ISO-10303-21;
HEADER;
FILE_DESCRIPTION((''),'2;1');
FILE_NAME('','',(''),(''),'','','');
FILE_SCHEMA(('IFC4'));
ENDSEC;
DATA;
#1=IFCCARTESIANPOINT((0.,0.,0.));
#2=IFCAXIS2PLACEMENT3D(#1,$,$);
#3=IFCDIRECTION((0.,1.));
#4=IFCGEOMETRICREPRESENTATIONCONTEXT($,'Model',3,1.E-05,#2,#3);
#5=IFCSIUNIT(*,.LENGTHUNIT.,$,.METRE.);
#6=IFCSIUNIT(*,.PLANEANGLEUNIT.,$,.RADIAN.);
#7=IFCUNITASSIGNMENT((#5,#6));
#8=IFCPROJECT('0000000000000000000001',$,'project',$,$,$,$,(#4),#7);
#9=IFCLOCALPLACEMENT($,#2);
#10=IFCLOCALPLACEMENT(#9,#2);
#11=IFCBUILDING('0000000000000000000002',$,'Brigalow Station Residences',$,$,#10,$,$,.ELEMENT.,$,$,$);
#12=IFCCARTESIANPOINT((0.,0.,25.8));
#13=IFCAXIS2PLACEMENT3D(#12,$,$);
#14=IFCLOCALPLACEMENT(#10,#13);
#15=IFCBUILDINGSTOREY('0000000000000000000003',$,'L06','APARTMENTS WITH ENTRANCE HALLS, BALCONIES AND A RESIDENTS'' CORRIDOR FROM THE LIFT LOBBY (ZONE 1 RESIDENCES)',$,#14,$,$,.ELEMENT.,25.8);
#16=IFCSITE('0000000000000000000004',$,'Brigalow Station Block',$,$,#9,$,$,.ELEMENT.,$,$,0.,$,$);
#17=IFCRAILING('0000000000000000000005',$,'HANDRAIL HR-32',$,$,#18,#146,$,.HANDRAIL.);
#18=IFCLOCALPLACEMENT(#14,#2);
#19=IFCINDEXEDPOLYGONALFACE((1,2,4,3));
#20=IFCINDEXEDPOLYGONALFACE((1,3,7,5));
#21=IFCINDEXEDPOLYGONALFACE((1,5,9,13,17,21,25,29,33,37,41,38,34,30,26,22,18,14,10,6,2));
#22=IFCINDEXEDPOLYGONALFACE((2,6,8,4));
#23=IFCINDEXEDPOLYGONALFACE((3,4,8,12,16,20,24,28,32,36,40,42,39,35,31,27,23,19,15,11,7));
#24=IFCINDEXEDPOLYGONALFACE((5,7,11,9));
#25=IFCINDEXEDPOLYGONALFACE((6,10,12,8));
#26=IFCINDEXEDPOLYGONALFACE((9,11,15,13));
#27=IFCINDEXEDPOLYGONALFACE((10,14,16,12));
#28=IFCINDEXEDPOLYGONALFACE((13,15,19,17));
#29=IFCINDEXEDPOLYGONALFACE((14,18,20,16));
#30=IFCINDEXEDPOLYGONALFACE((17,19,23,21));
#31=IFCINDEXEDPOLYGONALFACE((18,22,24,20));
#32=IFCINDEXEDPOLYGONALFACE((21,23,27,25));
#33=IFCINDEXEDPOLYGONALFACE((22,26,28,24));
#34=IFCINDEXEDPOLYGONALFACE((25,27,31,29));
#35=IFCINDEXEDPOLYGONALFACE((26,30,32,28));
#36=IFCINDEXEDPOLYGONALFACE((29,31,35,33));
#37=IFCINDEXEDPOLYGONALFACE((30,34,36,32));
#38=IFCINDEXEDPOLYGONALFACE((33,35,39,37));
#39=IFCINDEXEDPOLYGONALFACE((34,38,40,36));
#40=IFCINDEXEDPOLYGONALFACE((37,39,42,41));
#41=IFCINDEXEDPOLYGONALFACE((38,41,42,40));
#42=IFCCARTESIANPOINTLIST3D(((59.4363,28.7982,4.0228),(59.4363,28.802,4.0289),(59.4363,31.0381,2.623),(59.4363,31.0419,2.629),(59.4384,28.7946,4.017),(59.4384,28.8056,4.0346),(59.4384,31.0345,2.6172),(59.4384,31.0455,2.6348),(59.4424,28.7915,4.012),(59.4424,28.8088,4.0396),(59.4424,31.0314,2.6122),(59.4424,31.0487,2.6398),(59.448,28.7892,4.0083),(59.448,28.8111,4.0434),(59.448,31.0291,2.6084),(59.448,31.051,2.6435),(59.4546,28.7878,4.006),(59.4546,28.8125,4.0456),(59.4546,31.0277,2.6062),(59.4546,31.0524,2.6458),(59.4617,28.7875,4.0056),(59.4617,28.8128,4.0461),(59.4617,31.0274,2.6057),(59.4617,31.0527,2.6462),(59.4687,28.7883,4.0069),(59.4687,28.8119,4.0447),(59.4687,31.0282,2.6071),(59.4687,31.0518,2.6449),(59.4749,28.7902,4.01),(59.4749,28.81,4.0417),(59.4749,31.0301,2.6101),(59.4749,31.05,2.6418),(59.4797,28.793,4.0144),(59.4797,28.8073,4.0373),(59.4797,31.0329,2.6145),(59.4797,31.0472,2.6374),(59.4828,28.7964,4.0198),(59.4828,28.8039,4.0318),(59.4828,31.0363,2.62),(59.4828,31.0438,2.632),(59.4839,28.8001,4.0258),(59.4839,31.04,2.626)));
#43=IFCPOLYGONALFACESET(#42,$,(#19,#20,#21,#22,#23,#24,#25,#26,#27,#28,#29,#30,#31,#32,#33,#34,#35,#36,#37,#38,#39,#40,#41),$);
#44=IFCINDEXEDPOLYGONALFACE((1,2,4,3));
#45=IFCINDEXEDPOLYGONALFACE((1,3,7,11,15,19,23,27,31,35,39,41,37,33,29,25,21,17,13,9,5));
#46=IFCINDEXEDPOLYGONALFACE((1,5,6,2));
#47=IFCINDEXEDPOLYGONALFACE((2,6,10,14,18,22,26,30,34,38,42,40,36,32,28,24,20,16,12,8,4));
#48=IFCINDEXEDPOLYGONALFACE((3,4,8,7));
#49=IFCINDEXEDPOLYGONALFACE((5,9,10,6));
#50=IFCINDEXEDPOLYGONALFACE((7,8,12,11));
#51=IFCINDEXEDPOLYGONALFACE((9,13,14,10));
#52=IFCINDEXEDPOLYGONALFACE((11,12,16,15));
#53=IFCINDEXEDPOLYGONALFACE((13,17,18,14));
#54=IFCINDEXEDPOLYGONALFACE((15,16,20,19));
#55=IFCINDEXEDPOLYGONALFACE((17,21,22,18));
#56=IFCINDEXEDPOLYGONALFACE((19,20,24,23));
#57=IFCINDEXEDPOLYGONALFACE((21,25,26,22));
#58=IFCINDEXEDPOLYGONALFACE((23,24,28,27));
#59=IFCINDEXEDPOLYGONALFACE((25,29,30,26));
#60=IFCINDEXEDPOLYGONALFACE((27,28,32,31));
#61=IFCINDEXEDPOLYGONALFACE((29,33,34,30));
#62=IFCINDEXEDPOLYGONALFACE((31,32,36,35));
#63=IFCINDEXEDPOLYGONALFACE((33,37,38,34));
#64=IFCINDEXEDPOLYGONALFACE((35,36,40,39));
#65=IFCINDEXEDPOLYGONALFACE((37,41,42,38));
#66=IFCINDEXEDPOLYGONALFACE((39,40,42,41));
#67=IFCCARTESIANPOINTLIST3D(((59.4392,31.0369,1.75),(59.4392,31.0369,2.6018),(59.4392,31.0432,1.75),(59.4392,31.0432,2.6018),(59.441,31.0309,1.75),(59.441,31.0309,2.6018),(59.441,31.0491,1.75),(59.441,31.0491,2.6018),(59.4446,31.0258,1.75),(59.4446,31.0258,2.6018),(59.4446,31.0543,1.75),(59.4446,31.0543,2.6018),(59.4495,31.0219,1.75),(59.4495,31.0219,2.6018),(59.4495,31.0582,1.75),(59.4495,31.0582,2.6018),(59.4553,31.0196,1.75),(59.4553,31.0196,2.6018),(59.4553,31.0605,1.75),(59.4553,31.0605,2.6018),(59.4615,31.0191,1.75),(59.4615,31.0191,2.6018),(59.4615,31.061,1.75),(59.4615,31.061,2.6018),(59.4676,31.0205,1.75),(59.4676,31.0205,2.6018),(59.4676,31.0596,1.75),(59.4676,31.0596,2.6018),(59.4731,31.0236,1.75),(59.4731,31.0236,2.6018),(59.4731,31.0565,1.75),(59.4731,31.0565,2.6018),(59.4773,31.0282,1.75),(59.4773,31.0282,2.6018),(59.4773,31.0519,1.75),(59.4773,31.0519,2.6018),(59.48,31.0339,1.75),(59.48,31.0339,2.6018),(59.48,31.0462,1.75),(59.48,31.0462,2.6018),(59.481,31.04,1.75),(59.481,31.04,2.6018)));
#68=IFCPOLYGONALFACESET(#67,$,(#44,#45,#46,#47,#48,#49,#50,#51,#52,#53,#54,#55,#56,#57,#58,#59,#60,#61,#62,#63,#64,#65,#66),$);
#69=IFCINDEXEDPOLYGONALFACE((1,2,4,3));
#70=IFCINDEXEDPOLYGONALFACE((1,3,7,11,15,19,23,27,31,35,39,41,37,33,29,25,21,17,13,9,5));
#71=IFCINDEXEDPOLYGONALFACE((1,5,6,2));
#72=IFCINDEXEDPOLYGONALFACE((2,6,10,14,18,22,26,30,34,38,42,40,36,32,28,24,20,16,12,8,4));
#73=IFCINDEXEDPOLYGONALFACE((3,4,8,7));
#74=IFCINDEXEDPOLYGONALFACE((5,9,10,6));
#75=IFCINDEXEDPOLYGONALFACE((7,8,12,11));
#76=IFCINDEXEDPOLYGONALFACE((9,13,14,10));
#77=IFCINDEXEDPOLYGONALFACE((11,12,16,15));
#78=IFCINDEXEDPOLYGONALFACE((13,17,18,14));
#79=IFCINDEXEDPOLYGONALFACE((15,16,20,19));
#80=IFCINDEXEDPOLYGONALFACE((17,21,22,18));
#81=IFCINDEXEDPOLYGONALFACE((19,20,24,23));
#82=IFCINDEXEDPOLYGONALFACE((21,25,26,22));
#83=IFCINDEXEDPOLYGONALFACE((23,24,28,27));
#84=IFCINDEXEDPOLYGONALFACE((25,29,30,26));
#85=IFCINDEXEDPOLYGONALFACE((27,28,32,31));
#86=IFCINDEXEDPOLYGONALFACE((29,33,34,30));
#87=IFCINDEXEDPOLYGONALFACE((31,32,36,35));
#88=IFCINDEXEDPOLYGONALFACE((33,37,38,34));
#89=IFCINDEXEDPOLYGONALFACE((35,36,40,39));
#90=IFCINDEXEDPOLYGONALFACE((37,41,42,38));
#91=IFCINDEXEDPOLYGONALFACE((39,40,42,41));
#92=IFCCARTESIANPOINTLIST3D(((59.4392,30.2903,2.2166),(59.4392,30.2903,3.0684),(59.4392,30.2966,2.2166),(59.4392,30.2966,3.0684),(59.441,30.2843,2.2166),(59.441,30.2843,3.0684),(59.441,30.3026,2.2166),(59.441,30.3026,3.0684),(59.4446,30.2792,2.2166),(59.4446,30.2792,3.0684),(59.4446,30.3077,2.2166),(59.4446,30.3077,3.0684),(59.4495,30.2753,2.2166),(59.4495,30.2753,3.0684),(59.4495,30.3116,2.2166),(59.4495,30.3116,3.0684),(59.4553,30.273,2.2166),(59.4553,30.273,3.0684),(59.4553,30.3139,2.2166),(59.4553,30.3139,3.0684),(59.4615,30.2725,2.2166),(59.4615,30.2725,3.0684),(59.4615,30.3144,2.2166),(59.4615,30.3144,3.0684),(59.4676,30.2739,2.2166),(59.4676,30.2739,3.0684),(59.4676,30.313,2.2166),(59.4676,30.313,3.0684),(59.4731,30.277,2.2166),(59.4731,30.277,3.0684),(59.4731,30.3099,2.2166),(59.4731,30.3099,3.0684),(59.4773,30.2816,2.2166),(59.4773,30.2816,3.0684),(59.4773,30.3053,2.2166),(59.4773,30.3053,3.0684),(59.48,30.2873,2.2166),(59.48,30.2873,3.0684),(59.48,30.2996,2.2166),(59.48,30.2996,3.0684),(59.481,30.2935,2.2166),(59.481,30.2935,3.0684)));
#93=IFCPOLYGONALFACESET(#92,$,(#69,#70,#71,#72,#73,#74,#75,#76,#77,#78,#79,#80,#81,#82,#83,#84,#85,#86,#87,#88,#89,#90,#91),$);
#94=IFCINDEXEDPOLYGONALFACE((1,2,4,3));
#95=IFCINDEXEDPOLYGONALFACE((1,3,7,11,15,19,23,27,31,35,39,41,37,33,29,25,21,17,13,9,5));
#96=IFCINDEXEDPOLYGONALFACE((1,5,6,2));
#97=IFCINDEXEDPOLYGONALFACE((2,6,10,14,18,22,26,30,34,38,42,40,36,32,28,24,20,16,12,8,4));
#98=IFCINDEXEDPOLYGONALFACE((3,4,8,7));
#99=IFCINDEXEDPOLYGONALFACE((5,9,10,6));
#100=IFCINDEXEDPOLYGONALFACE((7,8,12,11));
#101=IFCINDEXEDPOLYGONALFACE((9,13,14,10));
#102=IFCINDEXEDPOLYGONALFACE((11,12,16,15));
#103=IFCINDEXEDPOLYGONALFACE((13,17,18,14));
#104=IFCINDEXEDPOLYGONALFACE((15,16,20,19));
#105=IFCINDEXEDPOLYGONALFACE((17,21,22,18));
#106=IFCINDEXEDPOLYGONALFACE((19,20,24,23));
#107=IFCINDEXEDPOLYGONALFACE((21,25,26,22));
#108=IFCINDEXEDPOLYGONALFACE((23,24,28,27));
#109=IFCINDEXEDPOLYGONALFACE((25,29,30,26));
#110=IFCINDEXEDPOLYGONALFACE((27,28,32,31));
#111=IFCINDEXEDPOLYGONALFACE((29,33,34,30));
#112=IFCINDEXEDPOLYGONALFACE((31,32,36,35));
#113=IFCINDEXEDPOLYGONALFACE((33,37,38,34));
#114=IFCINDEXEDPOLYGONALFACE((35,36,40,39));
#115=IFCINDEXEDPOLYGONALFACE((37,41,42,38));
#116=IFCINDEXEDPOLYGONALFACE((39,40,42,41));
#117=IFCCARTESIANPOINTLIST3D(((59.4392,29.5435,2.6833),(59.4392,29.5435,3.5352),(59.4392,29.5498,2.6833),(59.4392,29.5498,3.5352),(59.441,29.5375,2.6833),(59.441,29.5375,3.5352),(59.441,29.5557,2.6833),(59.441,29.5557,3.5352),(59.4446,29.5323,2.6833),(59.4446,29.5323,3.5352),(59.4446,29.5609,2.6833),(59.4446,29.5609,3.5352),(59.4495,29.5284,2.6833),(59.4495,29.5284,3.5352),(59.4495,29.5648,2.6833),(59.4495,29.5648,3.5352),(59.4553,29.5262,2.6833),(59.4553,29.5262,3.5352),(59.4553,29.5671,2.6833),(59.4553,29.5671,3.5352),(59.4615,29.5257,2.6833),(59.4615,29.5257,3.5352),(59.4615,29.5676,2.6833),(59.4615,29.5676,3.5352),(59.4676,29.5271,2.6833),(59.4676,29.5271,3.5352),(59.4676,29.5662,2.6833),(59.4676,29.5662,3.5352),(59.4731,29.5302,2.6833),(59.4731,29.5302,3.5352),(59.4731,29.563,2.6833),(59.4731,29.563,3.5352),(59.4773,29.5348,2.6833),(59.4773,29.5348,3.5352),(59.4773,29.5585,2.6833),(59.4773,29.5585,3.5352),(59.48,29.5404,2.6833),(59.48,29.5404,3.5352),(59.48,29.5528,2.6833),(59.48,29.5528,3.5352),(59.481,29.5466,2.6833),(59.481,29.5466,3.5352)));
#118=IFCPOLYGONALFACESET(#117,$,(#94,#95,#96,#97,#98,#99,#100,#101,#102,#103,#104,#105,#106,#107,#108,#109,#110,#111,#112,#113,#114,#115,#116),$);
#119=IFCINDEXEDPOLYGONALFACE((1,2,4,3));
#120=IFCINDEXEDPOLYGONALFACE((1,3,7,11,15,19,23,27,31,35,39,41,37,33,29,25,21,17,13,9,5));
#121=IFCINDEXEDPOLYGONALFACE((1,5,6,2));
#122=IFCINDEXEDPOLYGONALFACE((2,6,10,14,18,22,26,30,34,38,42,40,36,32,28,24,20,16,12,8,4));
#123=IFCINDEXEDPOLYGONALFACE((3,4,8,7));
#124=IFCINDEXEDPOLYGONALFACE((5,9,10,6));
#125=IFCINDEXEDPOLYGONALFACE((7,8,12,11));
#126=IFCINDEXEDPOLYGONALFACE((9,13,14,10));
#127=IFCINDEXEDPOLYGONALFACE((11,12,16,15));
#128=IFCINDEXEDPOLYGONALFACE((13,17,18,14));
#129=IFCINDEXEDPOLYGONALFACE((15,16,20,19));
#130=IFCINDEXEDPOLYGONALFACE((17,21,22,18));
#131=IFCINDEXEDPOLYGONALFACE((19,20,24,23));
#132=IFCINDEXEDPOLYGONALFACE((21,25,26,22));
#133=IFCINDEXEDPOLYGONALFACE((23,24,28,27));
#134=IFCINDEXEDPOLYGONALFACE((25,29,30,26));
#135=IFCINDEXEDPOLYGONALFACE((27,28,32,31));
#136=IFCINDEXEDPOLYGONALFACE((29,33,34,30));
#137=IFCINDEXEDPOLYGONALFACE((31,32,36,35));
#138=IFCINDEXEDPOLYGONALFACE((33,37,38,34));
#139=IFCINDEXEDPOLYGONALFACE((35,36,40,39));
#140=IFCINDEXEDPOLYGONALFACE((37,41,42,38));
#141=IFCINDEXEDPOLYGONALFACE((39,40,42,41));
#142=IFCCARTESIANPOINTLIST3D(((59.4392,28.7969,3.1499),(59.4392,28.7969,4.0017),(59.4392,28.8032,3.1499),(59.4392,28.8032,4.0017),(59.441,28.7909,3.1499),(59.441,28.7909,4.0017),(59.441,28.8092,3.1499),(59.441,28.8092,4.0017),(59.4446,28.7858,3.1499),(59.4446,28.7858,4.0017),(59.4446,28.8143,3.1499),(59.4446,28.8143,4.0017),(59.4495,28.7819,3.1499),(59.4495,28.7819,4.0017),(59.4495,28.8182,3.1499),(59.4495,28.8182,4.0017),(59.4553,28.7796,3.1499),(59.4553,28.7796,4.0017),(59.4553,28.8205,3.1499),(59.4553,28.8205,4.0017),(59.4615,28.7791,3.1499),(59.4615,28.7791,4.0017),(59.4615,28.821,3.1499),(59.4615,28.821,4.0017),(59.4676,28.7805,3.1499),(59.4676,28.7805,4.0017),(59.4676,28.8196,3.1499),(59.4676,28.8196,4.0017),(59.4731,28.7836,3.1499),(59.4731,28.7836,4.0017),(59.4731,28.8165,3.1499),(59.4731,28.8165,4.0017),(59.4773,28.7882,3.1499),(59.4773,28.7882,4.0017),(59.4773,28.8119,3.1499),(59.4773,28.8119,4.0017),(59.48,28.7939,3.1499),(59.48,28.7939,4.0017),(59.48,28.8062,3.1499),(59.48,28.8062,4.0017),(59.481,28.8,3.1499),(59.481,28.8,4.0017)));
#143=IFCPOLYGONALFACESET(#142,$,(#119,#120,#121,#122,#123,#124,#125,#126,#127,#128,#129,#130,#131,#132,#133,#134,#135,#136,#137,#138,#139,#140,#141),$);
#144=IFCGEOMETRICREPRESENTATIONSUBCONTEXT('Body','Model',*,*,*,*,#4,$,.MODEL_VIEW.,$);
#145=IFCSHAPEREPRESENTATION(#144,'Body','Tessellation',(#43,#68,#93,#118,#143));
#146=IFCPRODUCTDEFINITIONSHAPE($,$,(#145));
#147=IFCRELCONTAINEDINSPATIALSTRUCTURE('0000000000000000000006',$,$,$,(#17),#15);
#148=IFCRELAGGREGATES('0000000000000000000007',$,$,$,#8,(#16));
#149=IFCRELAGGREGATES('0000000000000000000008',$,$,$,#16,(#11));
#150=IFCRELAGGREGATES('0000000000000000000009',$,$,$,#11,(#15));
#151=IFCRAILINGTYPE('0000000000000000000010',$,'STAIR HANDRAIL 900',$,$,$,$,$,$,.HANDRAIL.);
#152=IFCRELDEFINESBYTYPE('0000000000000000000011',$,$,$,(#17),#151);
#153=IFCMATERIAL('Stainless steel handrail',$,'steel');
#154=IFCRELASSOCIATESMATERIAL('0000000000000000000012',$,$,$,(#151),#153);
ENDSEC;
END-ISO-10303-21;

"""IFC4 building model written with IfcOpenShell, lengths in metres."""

from ifc_helpers import new_model, si_unit, direction, frame, origin, origin_2d, place, context, subcontext, project, spatial, circle, extrude, material, type_object, element, save


model = new_model("IFC4")

# Units and contexts
model_context = context("Model", 3, precision=1e-05, world=origin(), true_north=direction((0.0, 1.0)))
body_context = subcontext(model_context, "Body", "Model", "MODEL_VIEW")
ifc_project = project(units=[si_unit("LENGTHUNIT", "METRE"), si_unit("PLANEANGLEUNIT", "RADIAN")], contexts=[model_context])

# Site, building, storey
site_placement = place(None, origin())
site = spatial("IfcSite", under=ifc_project, at=site_placement, Name="Brigalow Station Block", CompositionType="ELEMENT", RefElevation=0.0)
building_placement = place(site_placement, origin())
building = spatial("IfcBuilding", under=site, at=building_placement, Name="Brigalow Station Residences", CompositionType="ELEMENT")
storey_placement = place(building_placement, frame((0.0, 0.0, 25.8)))
storey = spatial("IfcBuildingStorey", under=building, at=storey_placement, Name="L06", Description="APARTMENTS WITH ENTRANCE HALLS, BALCONIES AND A RESIDENTS' CORRIDOR FROM THE LIFT LOBBY (ZONE 1 RESIDENCES)", CompositionType="ELEMENT", Elevation=25.8)

# Railing
ifc_material_1 = material(Name="Stainless steel handrail", Category="steel")
railing_type_1 = type_object("IfcRailingType", Name="STAIR HANDRAIL 900", PredefinedType="HANDRAIL", material=ifc_material_1)
railing_1_placement = place(storey_placement, frame((59.46, 31.04, 1.75)))
element("IfcRailing", 1, at=railing_1_placement, inside=storey, type_object=railing_type_1, Name="HANDRAIL HR-32", PredefinedType="HANDRAIL", context=body_context, shape_type="SweptSolid", body=[
    extrude(circle(Radius=0.0239, at=origin_2d()), frame((0.0, 0.0, 0.876), z_axis=(0.0, -0.848014, 0.529974), x_axis=(1.0, 0.0, 0.0)), (0.0, 0.0, 1.0), 2.6414),
    extrude(circle(Radius=0.021, at=origin_2d()), origin(), (0.0, 0.0, 1.0), 0.8518),
    extrude(circle(Radius=0.021, at=origin_2d()), frame((0.0, -0.7466, 0.4666)), (0.0, 0.0, 1.0), 0.8518),
    extrude(circle(Radius=0.021, at=origin_2d()), frame((0.0, -1.4934, 0.9333)), (0.0, 0.0, 1.0), 0.8518),
    extrude(circle(Radius=0.021, at=origin_2d()), frame((0.0, -2.24, 1.3999)), (0.0, 0.0, 1.0), 0.8518),
])

save(model, "model.ifc")
